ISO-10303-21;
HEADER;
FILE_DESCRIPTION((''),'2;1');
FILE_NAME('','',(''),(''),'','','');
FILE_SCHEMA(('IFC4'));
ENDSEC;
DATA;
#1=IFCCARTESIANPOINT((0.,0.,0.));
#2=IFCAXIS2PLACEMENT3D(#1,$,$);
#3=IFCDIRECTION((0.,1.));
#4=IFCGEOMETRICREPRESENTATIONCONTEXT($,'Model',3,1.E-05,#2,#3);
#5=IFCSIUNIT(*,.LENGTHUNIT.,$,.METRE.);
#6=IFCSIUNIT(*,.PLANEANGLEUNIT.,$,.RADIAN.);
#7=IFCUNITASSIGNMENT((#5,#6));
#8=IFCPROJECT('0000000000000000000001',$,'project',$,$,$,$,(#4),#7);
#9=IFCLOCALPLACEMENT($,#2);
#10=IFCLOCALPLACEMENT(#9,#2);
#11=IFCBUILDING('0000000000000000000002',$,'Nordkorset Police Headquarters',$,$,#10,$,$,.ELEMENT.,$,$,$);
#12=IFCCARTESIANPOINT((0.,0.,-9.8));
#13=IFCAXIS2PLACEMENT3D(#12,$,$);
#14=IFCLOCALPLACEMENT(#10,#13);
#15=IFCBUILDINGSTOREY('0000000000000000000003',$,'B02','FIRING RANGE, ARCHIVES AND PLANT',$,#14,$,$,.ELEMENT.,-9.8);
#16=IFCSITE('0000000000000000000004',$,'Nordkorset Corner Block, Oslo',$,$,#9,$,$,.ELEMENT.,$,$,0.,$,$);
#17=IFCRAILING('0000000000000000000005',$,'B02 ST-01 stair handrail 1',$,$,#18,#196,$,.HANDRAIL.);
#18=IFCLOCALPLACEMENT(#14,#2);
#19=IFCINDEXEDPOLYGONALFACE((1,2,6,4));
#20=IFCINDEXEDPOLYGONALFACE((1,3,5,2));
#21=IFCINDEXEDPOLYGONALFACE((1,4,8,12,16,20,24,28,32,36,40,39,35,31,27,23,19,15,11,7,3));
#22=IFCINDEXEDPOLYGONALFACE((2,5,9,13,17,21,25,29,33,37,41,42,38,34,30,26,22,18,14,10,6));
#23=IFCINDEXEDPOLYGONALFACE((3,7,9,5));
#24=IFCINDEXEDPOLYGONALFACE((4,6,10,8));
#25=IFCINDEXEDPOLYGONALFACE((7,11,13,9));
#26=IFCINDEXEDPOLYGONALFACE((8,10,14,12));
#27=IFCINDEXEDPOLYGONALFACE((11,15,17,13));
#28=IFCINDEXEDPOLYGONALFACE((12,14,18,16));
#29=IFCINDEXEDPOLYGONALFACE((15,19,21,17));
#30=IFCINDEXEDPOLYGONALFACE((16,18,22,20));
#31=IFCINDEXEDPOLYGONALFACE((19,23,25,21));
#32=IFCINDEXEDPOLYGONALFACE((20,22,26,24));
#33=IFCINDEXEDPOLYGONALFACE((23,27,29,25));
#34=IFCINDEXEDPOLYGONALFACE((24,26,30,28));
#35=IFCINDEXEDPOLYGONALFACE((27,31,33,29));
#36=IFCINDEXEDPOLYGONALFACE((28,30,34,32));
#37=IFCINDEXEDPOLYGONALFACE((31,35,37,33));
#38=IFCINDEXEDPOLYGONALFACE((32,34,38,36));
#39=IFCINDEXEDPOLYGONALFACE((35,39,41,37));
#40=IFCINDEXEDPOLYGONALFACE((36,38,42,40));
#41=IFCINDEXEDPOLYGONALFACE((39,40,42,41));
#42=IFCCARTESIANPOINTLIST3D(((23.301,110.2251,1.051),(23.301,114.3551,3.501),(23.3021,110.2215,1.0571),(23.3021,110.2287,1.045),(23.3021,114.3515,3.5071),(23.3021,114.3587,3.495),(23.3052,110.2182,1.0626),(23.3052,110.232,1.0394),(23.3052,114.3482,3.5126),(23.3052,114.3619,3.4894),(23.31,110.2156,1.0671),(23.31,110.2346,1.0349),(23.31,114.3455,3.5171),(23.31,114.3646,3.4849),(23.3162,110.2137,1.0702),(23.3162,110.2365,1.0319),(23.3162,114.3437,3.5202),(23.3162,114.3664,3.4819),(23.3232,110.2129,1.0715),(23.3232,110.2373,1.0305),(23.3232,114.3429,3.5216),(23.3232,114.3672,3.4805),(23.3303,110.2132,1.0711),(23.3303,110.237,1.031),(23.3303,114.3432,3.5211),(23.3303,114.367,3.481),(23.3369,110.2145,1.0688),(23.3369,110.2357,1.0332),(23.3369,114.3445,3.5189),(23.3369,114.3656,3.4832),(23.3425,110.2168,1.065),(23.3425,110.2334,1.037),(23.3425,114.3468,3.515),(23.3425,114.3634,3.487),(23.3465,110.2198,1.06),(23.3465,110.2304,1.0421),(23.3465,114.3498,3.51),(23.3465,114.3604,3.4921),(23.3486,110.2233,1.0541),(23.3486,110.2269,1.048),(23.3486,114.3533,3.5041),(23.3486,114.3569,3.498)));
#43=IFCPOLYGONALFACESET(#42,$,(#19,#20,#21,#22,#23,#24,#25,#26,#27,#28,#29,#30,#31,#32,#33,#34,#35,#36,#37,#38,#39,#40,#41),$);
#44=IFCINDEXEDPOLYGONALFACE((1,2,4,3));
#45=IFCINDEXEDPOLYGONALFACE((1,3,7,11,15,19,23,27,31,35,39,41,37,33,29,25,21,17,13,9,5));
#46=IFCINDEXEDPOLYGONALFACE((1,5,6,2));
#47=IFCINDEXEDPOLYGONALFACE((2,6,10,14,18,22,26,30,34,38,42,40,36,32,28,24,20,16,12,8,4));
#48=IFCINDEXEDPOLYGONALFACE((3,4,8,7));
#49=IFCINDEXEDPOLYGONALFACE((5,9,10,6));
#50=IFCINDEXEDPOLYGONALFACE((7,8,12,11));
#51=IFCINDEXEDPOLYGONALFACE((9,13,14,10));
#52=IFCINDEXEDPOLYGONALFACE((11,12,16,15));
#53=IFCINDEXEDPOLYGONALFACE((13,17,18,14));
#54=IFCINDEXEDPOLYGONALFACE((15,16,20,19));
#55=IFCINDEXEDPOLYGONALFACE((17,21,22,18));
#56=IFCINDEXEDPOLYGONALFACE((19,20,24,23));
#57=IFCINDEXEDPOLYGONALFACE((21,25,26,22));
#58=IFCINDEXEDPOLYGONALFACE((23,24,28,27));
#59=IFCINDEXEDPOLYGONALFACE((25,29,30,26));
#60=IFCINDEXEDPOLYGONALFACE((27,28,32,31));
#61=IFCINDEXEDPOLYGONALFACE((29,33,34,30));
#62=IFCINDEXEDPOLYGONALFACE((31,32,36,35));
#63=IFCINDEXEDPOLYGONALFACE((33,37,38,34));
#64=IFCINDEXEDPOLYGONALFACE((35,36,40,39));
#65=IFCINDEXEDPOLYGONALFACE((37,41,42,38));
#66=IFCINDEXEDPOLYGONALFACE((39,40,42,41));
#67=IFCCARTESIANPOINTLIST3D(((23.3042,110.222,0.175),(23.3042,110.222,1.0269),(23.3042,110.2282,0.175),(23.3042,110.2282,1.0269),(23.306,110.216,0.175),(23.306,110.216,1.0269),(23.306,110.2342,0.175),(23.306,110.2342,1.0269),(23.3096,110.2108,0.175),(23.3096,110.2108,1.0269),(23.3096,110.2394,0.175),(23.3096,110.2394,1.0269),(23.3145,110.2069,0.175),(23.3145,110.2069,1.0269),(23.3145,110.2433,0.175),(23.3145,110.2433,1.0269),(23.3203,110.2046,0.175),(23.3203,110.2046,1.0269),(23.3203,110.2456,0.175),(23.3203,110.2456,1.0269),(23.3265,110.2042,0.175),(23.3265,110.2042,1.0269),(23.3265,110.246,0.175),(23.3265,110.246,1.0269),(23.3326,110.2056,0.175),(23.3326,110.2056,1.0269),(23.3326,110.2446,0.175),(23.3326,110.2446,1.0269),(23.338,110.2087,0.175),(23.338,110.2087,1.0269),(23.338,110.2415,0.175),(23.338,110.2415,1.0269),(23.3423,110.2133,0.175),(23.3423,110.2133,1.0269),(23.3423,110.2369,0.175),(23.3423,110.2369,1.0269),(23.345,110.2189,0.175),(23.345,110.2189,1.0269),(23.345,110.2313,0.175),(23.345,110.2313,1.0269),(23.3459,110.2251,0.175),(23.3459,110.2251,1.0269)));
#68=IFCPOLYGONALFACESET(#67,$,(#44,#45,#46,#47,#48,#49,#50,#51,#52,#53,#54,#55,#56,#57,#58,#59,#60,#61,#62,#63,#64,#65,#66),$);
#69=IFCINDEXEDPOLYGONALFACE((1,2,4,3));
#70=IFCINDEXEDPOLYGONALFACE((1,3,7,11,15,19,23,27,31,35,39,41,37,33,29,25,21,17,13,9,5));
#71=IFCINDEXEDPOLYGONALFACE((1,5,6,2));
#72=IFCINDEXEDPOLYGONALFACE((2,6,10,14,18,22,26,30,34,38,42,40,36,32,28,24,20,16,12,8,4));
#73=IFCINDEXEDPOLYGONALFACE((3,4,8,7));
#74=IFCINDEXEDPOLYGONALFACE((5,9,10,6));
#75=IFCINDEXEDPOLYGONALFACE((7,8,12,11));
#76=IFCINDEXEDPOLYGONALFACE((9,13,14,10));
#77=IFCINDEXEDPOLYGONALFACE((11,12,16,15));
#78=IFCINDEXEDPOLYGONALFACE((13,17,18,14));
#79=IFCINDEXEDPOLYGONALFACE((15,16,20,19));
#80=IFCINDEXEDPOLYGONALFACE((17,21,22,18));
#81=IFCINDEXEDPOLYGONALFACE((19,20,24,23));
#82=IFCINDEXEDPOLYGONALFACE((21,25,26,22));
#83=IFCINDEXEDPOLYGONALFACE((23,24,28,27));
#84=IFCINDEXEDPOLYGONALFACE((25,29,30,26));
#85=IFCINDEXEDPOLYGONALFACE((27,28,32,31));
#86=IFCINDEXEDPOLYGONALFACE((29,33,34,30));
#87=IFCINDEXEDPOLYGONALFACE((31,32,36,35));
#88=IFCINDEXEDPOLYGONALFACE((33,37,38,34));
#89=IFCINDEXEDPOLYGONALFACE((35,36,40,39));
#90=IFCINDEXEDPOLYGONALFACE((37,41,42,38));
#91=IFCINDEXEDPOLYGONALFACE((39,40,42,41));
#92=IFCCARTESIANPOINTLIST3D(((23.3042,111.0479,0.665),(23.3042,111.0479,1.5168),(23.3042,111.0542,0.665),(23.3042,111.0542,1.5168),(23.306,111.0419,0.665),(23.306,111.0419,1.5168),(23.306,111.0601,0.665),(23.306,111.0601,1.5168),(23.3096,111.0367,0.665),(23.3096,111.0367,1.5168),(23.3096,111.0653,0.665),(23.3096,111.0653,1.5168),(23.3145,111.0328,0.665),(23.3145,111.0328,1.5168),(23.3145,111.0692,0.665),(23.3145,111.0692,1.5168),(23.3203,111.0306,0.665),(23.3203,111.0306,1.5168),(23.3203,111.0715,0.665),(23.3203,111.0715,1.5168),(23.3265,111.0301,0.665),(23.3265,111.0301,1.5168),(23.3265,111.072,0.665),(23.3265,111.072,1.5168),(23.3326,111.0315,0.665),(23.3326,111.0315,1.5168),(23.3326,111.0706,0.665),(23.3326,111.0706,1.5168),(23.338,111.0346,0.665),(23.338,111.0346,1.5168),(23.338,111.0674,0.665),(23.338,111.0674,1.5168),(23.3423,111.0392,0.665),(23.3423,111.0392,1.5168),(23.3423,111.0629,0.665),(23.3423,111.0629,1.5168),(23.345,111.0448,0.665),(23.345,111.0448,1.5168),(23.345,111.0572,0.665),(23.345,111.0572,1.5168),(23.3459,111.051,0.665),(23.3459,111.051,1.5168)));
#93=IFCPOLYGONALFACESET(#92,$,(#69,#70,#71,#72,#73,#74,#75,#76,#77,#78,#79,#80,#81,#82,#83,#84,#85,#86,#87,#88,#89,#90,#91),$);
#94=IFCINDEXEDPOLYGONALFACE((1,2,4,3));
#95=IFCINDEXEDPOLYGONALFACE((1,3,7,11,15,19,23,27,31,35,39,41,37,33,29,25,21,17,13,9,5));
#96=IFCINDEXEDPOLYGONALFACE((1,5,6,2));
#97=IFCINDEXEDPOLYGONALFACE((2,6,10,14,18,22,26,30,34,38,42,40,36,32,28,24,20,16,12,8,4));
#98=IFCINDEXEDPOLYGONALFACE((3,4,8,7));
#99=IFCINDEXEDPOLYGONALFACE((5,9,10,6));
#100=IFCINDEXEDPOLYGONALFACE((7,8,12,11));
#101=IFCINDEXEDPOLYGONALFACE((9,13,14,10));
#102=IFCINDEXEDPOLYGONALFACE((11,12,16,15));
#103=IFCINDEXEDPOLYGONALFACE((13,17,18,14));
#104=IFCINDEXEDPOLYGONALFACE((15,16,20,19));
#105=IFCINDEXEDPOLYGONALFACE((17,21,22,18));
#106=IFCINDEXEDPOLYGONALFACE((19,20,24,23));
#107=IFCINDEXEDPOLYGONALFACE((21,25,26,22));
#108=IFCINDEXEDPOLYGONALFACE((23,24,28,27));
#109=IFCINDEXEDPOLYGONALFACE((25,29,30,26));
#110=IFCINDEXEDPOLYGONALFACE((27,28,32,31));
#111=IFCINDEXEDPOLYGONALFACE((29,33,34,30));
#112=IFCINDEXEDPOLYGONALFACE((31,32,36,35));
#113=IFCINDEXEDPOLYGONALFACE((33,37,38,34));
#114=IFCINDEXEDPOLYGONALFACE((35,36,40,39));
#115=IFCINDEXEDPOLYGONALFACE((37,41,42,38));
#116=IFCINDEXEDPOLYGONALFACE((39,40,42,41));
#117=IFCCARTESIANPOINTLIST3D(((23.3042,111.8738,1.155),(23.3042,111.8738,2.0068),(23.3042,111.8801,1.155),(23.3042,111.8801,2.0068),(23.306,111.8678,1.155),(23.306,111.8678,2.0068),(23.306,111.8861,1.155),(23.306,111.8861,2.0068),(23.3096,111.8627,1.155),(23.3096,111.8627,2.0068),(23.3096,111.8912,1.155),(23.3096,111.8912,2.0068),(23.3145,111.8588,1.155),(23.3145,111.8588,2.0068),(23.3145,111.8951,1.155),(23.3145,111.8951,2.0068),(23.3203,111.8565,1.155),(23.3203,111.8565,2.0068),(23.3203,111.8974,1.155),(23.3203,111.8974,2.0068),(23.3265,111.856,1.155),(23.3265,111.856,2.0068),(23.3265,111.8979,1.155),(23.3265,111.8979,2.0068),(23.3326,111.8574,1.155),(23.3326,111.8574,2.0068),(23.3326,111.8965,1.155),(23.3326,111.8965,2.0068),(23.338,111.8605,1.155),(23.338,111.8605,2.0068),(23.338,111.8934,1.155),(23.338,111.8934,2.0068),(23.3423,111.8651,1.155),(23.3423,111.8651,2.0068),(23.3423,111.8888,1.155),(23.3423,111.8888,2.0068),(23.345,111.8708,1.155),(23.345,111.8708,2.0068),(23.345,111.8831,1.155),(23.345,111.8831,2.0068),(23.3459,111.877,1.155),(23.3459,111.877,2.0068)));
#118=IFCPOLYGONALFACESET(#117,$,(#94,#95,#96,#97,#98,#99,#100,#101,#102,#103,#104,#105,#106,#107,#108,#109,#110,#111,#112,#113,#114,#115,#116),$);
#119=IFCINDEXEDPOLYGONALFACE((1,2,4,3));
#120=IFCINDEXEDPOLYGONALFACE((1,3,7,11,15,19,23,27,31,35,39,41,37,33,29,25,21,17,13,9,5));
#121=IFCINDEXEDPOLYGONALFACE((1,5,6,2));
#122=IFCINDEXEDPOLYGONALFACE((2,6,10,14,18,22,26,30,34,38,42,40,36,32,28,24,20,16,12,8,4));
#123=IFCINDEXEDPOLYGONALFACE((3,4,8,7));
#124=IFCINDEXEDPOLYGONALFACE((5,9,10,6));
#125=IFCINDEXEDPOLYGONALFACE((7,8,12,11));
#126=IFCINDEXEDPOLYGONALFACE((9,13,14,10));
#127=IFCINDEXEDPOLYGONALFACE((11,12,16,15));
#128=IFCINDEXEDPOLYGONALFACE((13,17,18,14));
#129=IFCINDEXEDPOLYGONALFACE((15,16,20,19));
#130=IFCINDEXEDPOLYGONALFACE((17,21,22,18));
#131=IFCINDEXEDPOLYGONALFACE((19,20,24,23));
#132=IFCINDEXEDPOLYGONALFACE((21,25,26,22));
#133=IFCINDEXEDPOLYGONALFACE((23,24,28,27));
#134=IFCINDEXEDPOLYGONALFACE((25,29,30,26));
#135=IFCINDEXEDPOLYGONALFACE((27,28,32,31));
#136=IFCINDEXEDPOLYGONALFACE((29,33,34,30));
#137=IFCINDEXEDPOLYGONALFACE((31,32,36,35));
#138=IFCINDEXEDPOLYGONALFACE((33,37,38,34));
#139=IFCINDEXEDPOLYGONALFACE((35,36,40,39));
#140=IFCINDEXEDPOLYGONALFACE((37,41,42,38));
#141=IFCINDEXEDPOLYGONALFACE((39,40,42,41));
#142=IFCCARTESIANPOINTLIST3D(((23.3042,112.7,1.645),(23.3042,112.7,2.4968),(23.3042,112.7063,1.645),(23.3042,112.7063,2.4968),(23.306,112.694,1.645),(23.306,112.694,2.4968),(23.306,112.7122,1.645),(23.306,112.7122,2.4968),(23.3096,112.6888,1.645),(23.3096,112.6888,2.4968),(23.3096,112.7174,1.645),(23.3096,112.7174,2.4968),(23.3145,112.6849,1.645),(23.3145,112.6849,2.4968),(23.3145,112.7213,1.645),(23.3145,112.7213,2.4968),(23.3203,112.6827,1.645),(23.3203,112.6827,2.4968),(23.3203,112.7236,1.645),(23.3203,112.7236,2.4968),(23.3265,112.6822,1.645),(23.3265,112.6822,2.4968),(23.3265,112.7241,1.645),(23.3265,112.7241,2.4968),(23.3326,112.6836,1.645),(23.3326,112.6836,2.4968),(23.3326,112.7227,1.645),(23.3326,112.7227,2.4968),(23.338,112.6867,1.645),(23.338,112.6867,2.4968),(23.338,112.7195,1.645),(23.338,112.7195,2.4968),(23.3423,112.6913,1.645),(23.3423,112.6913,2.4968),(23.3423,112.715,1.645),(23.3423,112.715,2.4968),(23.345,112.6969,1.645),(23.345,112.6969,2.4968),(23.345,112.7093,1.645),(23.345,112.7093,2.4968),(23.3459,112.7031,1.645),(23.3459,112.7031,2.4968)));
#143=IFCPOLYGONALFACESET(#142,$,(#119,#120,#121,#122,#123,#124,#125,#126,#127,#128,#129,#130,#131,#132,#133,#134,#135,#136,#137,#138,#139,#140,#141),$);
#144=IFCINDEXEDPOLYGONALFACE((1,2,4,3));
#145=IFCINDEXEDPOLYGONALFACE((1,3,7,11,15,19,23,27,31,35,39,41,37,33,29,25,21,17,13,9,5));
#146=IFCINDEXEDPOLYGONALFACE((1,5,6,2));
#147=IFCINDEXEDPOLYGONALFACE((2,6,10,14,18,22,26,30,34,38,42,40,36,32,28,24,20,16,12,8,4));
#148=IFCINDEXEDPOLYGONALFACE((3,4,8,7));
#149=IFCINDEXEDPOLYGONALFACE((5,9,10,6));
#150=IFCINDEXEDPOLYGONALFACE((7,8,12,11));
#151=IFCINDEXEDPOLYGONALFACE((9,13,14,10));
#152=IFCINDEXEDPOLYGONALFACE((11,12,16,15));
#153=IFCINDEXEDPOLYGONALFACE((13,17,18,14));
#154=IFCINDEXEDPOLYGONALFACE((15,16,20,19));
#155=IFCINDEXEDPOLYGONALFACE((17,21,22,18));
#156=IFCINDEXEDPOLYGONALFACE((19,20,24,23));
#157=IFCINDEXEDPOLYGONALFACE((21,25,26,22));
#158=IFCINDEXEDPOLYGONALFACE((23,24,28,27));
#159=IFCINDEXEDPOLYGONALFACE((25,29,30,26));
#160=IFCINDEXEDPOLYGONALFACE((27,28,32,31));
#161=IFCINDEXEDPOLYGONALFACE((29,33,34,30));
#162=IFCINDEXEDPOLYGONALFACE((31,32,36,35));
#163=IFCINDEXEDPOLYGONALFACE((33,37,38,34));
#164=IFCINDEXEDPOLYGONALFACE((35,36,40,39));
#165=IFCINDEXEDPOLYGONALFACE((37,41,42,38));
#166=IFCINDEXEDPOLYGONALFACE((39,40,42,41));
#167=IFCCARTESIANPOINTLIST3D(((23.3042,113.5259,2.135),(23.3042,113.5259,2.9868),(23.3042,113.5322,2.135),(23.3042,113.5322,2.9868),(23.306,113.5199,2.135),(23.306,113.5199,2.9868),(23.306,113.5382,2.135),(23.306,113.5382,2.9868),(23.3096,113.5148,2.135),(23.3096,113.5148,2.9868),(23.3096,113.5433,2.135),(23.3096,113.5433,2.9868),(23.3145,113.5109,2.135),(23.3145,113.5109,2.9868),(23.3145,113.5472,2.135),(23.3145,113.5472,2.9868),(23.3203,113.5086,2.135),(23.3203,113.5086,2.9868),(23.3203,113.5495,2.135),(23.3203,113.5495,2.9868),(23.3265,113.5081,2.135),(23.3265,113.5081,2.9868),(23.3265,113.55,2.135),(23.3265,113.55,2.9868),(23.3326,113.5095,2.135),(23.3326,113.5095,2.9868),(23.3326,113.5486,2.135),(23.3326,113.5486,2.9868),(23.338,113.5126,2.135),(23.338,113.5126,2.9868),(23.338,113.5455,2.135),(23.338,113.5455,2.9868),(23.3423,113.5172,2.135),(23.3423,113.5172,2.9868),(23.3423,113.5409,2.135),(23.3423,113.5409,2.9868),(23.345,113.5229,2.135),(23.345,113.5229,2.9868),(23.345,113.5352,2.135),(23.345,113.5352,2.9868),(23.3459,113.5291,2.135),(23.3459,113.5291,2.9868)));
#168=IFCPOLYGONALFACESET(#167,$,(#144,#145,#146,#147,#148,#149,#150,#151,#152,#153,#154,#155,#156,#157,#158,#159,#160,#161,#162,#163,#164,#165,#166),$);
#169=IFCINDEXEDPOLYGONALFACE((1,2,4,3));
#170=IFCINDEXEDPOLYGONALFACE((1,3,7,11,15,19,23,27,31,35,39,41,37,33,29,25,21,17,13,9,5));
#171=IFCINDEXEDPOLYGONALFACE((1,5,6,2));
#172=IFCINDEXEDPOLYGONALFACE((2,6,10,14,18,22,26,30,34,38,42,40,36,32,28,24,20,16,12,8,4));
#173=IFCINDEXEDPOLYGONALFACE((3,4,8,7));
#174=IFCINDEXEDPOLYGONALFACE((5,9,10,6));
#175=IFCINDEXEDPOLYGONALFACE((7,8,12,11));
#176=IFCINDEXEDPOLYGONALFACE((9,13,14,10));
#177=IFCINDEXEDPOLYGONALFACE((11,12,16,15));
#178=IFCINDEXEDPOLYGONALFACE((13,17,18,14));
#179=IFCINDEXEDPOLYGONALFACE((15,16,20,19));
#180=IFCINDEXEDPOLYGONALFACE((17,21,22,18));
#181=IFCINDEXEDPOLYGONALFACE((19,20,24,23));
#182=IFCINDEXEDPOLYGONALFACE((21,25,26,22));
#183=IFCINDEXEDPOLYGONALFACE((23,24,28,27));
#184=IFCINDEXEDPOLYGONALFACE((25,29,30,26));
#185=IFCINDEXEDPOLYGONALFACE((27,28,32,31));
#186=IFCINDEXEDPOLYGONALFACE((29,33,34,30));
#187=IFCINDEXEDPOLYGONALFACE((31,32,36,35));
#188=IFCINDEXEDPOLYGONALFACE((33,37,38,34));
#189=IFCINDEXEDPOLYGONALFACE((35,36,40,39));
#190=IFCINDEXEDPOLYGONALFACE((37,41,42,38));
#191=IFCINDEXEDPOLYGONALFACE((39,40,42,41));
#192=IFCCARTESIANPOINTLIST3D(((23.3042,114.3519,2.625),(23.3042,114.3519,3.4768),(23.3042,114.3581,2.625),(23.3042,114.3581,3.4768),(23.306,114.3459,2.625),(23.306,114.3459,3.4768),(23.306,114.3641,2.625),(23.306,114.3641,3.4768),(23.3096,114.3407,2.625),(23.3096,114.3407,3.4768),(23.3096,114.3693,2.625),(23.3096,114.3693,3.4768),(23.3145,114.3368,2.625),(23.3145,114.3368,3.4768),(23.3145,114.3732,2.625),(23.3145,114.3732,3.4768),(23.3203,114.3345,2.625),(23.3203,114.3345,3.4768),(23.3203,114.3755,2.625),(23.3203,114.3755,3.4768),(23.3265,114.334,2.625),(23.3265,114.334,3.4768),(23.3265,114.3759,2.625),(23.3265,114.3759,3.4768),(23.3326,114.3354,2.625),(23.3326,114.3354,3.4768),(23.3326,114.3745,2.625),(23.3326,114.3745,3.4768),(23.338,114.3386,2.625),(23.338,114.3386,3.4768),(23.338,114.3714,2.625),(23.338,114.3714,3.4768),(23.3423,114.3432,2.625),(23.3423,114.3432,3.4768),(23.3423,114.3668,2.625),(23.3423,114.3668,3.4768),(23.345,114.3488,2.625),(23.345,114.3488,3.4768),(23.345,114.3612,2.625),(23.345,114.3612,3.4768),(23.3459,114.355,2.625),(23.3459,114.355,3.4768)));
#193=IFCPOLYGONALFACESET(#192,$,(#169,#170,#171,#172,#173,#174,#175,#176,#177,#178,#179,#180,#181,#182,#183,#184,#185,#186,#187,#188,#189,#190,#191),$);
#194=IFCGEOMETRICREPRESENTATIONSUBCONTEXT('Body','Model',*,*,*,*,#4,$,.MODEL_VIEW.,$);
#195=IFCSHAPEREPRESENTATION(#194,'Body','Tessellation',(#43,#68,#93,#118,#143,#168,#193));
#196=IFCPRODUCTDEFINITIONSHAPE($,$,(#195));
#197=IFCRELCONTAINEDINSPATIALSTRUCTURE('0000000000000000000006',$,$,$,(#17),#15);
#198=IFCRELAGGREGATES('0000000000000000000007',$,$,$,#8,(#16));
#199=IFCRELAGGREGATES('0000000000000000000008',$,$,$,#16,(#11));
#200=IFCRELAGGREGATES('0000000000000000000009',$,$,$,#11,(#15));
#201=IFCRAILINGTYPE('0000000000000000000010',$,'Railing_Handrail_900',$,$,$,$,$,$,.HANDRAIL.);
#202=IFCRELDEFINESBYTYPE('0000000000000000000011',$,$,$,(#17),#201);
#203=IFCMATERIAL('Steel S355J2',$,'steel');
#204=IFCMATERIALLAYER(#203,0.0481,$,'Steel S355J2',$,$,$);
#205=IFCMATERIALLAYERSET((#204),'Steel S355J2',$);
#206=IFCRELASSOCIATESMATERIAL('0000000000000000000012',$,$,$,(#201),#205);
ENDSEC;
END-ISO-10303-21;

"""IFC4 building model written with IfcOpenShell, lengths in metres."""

from ifc_helpers import new_model, si_unit, direction, frame, origin, origin_2d, place, context, subcontext, project, spatial, circle, extrude, material, layer, layer_set, type_object, element, save


model = new_model("IFC4")

# Units and contexts
model_context = context("Model", 3, precision=1e-05, world=origin(), true_north=direction((0.0, 1.0)))
body_context = subcontext(model_context, "Body", "Model", "MODEL_VIEW")
ifc_project = project(units=[si_unit("LENGTHUNIT", "METRE"), si_unit("PLANEANGLEUNIT", "RADIAN")], contexts=[model_context])

# Site, building, storey
site_placement = place(None, origin())
site = spatial("IfcSite", under=ifc_project, at=site_placement, Name="Nordkorset Corner Block, Oslo", CompositionType="ELEMENT", RefElevation=0.0)
building_placement = place(site_placement, origin())
building = spatial("IfcBuilding", under=site, at=building_placement, Name="Nordkorset Police Headquarters", CompositionType="ELEMENT")
storey_placement = place(building_placement, frame((0.0, 0.0, -9.8)))
storey = spatial("IfcBuildingStorey", under=building, at=storey_placement, Name="B02", Description="FIRING RANGE, ARCHIVES AND PLANT", CompositionType="ELEMENT", Elevation=-9.8)

# Railing
ifc_material_1 = material(Name="Steel S355J2", Category="steel")
ifc_layer_1 = layer(ifc_material_1, 0.0481, Name="Steel S355J2")
ifc_layer_set_1 = layer_set([ifc_layer_1], Name="Steel S355J2")
railing_type_1 = type_object("IfcRailingType", Name="Railing_Handrail_900", PredefinedType="HANDRAIL", material=ifc_layer_set_1)
railing_1_placement = place(storey_placement, frame((23.325, 110.2251, 0.175)))
element("IfcRailing", 1, at=railing_1_placement, inside=storey, type_object=railing_type_1, Name="B02 ST-01 stair handrail 1", PredefinedType="HANDRAIL", context=body_context, shape_type="SweptSolid", body=[
    extrude(circle(Radius=0.0239, at=origin_2d()), frame((0.0, 0.0, 0.876), z_axis=(0.0, 0.860053, 0.510205), x_axis=(-1.0, 0.0, 0.0)), (0.0, 0.0, 1.0), 4.802),
    extrude(circle(Radius=0.021, at=origin_2d()), origin(), (0.0, 0.0, 1.0), 0.8518),
    extrude(circle(Radius=0.021, at=origin_2d()), frame((0.0, 0.8259, 0.49)), (0.0, 0.0, 1.0), 0.8518),
    extrude(circle(Radius=0.021, at=origin_2d()), frame((0.0, 1.6519, 0.98)), (0.0, 0.0, 1.0), 0.8518),
    extrude(circle(Radius=0.021, at=origin_2d()), frame((0.0, 2.478, 1.47)), (0.0, 0.0, 1.0), 0.8518),
    extrude(circle(Radius=0.021, at=origin_2d()), frame((0.0, 3.304, 1.96)), (0.0, 0.0, 1.0), 0.8518),
    extrude(circle(Radius=0.021, at=origin_2d()), frame((0.0, 4.1299, 2.45)), (0.0, 0.0, 1.0), 0.8518),
])

save(model, "model.ifc")
